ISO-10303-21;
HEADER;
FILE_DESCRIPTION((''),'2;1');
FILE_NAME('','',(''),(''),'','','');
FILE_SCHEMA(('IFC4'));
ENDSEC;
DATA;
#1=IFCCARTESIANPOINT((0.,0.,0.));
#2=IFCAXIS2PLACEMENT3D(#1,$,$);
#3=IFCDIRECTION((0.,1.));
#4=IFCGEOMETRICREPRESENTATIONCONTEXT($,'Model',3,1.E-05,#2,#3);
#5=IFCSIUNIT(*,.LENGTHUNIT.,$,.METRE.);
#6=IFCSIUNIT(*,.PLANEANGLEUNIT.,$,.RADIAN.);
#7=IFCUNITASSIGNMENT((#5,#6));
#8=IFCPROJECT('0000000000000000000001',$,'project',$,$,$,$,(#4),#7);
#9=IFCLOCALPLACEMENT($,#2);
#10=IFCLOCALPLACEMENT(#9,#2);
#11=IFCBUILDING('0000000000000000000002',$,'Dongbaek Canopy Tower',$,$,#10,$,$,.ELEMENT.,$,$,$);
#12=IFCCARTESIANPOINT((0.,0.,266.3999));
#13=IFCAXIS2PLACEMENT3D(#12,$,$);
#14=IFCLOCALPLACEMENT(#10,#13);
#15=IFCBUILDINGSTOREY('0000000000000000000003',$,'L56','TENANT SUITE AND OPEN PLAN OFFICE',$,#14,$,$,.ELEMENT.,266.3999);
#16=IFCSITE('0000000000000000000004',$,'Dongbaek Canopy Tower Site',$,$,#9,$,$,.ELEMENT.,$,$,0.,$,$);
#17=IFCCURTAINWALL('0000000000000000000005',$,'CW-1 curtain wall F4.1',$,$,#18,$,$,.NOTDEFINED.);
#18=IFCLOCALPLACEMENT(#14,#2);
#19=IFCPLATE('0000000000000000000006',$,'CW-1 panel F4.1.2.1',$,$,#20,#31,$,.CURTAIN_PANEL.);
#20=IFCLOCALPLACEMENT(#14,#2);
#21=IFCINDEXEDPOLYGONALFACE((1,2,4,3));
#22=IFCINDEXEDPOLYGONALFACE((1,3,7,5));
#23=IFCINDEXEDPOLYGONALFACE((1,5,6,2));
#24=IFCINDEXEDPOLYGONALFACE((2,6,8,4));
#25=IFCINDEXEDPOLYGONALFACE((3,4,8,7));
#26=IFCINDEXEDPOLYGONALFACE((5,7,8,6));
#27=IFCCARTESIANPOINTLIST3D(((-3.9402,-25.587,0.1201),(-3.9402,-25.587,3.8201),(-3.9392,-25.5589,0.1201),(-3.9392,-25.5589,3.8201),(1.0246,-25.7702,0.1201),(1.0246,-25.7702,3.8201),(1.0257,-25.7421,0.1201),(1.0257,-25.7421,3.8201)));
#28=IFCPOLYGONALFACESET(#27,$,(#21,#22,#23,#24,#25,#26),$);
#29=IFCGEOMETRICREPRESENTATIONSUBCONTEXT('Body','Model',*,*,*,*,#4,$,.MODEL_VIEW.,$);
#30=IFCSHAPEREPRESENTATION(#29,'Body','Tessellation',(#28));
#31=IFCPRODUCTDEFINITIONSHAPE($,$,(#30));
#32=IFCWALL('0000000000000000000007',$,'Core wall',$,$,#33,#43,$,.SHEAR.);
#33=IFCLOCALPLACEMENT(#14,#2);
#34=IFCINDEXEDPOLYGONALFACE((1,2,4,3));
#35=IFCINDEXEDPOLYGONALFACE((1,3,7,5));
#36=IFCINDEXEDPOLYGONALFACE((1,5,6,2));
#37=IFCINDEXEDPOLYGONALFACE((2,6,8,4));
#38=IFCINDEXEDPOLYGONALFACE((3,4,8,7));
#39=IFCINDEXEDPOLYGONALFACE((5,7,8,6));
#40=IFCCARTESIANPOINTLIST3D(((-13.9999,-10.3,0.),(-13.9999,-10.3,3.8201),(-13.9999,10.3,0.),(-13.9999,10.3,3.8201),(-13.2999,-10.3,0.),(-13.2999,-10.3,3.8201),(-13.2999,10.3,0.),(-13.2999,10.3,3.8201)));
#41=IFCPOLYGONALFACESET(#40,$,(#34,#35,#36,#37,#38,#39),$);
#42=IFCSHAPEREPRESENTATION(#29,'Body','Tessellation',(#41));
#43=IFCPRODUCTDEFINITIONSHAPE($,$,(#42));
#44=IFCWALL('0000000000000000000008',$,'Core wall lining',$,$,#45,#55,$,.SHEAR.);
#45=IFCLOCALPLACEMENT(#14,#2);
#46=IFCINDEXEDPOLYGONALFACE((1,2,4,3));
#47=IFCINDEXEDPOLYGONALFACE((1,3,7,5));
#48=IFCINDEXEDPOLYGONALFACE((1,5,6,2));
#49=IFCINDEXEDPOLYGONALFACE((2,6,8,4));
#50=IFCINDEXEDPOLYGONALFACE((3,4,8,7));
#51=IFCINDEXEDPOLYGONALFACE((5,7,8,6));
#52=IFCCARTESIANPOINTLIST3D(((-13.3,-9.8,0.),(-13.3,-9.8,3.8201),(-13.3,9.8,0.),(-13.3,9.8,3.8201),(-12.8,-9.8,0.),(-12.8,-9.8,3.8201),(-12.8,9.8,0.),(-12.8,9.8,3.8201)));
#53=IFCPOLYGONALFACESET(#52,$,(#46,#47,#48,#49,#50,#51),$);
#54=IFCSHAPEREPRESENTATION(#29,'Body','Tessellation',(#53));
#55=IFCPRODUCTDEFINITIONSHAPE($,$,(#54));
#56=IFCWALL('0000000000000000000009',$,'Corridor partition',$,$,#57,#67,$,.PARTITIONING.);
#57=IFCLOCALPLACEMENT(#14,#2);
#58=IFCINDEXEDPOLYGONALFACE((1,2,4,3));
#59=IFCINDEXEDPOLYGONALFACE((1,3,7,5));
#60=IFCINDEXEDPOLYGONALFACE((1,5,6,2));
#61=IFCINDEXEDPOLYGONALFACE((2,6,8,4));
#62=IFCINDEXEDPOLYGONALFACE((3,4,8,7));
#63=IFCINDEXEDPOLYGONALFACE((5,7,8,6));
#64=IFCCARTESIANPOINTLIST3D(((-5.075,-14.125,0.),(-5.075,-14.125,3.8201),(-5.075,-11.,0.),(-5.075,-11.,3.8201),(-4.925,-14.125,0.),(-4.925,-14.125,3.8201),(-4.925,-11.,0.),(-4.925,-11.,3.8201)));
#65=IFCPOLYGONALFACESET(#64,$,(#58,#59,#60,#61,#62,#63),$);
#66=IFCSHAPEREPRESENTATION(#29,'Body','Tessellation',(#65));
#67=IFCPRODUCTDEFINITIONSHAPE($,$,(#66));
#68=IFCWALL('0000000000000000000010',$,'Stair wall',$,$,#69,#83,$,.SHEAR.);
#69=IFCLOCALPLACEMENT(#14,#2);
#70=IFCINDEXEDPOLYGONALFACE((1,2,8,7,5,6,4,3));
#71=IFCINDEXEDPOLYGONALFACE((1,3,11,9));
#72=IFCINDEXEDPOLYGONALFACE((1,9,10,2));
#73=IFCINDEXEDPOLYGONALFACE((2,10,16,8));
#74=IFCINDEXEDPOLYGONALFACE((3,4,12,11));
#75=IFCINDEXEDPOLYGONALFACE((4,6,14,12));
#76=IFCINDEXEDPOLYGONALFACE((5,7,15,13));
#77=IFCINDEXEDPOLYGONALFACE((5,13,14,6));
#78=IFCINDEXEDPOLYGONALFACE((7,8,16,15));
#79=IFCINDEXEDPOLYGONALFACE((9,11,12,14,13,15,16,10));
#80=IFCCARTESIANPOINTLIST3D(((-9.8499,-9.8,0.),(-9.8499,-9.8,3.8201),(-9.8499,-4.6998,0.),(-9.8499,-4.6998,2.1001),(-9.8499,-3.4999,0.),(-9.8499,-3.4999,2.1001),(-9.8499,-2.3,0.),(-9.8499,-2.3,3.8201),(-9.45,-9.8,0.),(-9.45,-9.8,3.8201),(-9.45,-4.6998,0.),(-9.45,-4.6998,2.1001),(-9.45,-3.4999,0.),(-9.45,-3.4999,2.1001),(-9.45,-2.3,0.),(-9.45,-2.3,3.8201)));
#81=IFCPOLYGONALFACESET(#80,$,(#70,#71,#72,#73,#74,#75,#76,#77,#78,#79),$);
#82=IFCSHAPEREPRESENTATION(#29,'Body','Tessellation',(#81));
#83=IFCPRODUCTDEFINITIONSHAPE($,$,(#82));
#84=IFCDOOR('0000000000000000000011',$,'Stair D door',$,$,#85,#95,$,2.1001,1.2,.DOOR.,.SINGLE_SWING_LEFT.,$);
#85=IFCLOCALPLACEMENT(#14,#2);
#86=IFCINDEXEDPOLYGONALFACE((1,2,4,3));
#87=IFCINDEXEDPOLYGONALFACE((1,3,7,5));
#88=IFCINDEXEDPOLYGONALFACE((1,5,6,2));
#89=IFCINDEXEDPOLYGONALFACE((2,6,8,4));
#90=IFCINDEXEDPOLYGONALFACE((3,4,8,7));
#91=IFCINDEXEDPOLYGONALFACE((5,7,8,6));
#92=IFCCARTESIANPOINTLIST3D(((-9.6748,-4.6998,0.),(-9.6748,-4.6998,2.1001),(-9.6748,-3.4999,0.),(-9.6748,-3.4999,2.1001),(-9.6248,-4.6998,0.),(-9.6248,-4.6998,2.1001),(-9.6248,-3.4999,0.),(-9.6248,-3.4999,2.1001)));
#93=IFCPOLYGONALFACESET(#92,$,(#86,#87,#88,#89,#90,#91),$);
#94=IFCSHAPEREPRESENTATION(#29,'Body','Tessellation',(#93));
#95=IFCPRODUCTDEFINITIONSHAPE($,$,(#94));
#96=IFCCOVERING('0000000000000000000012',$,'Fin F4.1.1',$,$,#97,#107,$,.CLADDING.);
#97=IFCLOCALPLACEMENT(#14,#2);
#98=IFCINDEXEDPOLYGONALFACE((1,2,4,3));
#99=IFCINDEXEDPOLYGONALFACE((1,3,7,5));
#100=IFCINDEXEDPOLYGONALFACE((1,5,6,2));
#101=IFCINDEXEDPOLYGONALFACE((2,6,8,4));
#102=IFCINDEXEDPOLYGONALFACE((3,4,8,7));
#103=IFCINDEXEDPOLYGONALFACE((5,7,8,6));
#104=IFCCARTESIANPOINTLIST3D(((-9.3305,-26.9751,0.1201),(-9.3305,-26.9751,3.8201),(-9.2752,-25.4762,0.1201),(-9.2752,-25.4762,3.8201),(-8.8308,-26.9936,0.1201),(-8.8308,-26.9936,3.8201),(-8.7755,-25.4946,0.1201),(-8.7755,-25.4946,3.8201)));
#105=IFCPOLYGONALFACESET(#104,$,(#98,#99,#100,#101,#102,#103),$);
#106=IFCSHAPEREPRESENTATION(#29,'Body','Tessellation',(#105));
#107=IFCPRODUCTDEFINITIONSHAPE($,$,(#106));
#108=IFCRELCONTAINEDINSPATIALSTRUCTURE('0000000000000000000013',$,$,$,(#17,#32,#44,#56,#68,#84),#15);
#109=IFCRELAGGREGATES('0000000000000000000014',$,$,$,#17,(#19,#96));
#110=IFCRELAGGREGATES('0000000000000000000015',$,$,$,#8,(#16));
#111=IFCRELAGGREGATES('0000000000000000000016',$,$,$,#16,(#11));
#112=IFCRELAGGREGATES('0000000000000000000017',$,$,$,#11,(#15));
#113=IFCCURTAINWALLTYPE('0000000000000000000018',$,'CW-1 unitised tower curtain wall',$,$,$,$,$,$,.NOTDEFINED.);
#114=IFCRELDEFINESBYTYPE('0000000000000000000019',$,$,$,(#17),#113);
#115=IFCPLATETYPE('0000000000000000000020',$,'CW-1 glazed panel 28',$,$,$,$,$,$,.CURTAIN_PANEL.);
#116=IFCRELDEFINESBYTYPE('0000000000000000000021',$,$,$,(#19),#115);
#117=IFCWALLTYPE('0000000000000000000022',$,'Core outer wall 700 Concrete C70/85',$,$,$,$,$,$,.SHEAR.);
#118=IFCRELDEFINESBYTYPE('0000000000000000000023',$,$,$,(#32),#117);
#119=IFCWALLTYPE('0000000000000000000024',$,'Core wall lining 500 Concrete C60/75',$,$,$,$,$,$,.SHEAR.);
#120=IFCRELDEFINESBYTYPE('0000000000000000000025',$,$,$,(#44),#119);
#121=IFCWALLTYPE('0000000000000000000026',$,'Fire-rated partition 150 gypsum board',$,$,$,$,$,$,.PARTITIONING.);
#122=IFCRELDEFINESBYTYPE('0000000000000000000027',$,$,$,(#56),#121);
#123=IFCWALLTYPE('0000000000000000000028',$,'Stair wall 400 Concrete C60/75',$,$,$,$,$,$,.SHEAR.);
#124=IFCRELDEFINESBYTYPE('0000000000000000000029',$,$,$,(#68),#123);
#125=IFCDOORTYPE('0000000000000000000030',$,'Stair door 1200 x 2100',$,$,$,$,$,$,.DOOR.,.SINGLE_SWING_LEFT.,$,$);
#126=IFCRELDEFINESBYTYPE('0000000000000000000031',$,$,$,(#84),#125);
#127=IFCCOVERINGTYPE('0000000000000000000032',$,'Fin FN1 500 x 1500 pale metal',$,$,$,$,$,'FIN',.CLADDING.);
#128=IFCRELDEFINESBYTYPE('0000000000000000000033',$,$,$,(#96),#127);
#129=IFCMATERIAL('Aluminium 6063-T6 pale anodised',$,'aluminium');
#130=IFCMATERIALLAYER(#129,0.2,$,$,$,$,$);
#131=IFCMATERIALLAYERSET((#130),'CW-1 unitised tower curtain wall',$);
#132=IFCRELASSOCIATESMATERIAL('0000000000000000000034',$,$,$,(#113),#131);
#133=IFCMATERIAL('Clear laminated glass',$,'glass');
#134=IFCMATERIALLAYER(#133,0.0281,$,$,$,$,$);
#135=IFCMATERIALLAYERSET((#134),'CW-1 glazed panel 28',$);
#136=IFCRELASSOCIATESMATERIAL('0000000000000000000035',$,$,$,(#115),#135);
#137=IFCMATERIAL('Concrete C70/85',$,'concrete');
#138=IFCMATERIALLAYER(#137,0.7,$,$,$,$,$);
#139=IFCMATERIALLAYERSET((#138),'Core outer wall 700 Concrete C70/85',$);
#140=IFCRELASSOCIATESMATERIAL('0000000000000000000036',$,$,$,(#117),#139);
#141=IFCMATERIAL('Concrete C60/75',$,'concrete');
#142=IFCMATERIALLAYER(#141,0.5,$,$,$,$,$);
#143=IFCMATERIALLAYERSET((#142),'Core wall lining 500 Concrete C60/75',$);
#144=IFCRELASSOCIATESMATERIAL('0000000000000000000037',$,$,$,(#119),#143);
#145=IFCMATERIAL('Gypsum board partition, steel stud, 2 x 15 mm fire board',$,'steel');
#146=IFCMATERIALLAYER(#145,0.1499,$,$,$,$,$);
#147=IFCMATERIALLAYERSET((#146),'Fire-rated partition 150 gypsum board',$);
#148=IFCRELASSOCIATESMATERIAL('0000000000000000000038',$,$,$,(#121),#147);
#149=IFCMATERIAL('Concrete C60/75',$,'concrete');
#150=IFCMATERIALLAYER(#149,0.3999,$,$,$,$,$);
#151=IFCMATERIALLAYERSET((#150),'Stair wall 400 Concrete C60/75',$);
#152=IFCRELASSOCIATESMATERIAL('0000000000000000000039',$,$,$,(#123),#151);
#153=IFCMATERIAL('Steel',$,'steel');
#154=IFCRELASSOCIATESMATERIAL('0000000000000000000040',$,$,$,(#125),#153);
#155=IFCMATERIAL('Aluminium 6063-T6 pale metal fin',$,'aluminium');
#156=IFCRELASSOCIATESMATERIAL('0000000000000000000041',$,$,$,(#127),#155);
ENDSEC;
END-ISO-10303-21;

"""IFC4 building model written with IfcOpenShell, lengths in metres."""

from ifc_helpers import new_model, si_unit, direction, frame, frame_2d, origin, origin_2d, place, context, subcontext, project, spatial, rectangle, extrude, material, layer, layer_set, material_profile, profile_set, type_object, element, fill, aggregate, save


model = new_model("IFC4")

# Units and contexts
model_context = context("Model", 3, precision=1e-05, world=origin(), true_north=direction((0.0, 1.0)))
body_context = subcontext(model_context, "Body", "Model", "MODEL_VIEW")
ifc_project = project(units=[si_unit("LENGTHUNIT", "METRE"), si_unit("PLANEANGLEUNIT", "RADIAN")], contexts=[model_context])

# Site, building, storey
site_placement = place(None, origin())
site = spatial("IfcSite", under=ifc_project, at=site_placement, Name="Dongbaek Canopy Tower Site", CompositionType="ELEMENT", RefElevation=0.0)
building_placement = place(site_placement, origin())
building = spatial("IfcBuilding", under=site, at=building_placement, Name="Dongbaek Canopy Tower", CompositionType="ELEMENT")
storey_placement = place(building_placement, frame((0.0, 0.0, 266.3999)))
storey = spatial("IfcBuildingStorey", under=building, at=storey_placement, Name="L56", Description="TENANT SUITE AND OPEN PLAN OFFICE", CompositionType="ELEMENT", Elevation=266.3999)

# Curtain wall
ifc_material_1 = material(Name="Aluminium 6063-T6 pale anodised", Category="aluminium")
ifc_layer_1 = layer(ifc_material_1, 0.2)
ifc_layer_set_1 = layer_set([ifc_layer_1], Name="CW-1 unitised tower curtain wall")
curtain_wall_type = type_object("IfcCurtainWallType", Name="CW-1 unitised tower curtain wall", PredefinedType="NOTDEFINED", material=ifc_layer_set_1)
curtain_wall_1_placement = place(storey_placement, origin())
curtain_wall_1 = element("IfcCurtainWall", 1, at=curtain_wall_1_placement, inside=storey, type_object=curtain_wall_type, Name="CW-1 curtain wall F4.1", PredefinedType="NOTDEFINED")

# Plate
ifc_material_2 = material(Name="Clear laminated glass", Category="glass")
ifc_layer_2 = layer(ifc_material_2, 0.0281)
ifc_layer_set_2 = layer_set([ifc_layer_2], Name="CW-1 glazed panel 28")
plate_type = type_object("IfcPlateType", Name="CW-1 glazed panel 28", PredefinedType="CURTAIN_PANEL", material=ifc_layer_set_2)
plate_1_placement = place(storey_placement, frame((-1.4573, -25.6646, 0.1201), z_axis=(0.0, 0.0, 1.0), x_axis=(0.99932, -0.036874, 0.0)))
plate_1 = element("IfcPlate", 2, at=plate_1_placement, type_object=plate_type, Name="CW-1 panel F4.1.2.1", PredefinedType="CURTAIN_PANEL", context=body_context, shape_type="SweptSolid", body=[
    extrude(rectangle(XDim=4.9683, YDim=0.0281, at=origin_2d()), origin(), (0.0, 0.0, 1.0), 3.7),
])

# Walls
ifc_material_3 = material(Name="Concrete C70/85", Category="concrete")
ifc_layer_3 = layer(ifc_material_3, 0.7)
ifc_layer_set_3 = layer_set([ifc_layer_3], Name="Core outer wall 700 Concrete C70/85")
wall_type_1 = type_object("IfcWallType", Name="Core outer wall 700 Concrete C70/85", PredefinedType="SHEAR", material=ifc_layer_set_3)
wall_1_placement = place(storey_placement, frame((-13.6499, -10.3, 0.0), z_axis=(0.0, 0.0, 1.0), x_axis=(0.0, 1.0, 0.0)))
element("IfcWall", 3, at=wall_1_placement, inside=storey, type_object=wall_type_1, Name="Core wall", PredefinedType="SHEAR", context=body_context, shape_type="SweptSolid", body=[
    extrude(rectangle(XDim=20.6001, YDim=0.7, at=frame_2d((10.3, 0.0))), origin(), (0.0, 0.0, 1.0), 3.8201),
])
ifc_material_4 = material(Name="Concrete C60/75", Category="concrete")
ifc_layer_4 = layer(ifc_material_4, 0.5)
ifc_layer_set_4 = layer_set([ifc_layer_4], Name="Core wall lining 500 Concrete C60/75")
wall_type_2 = type_object("IfcWallType", Name="Core wall lining 500 Concrete C60/75", PredefinedType="SHEAR", material=ifc_layer_set_4)
wall_2_placement = place(storey_placement, frame((-13.05, -9.8, 0.0), z_axis=(0.0, 0.0, 1.0), x_axis=(0.0, 1.0, 0.0)))
element("IfcWall", 4, at=wall_2_placement, inside=storey, type_object=wall_type_2, Name="Core wall lining", PredefinedType="SHEAR", context=body_context, shape_type="SweptSolid", body=[
    extrude(rectangle(XDim=19.6001, YDim=0.5, at=frame_2d((9.8, 0.0))), origin(), (0.0, 0.0, 1.0), 3.8201),
])
ifc_material_5 = material(Name="Gypsum board partition, steel stud, 2 x 15 mm fire board", Category="steel")
ifc_layer_5 = layer(ifc_material_5, 0.1499)
ifc_layer_set_5 = layer_set([ifc_layer_5], Name="Fire-rated partition 150 gypsum board")
wall_type_3 = type_object("IfcWallType", Name="Fire-rated partition 150 gypsum board", PredefinedType="PARTITIONING", material=ifc_layer_set_5)
wall_3_placement = place(storey_placement, frame((-5.0, -14.125, 0.0), z_axis=(0.0, 0.0, 1.0), x_axis=(0.0, 1.0, 0.0)))
element("IfcWall", 5, at=wall_3_placement, inside=storey, type_object=wall_type_3, Name="Corridor partition", PredefinedType="PARTITIONING", context=body_context, shape_type="SweptSolid", body=[
    extrude(rectangle(XDim=3.125, YDim=0.1499, at=frame_2d((1.5625, 0.0))), origin(), (0.0, 0.0, 1.0), 3.8201),
])

# Wall, opening, door
ifc_material_6 = material(Name="Concrete C60/75", Category="concrete")
ifc_layer_6 = layer(ifc_material_6, 0.3999)
ifc_layer_set_6 = layer_set([ifc_layer_6], Name="Stair wall 400 Concrete C60/75")
wall_type_4 = type_object("IfcWallType", Name="Stair wall 400 Concrete C60/75", PredefinedType="SHEAR", material=ifc_layer_set_6)
wall_4_placement = place(storey_placement, frame((-9.6499, -9.8, 0.0), z_axis=(0.0, 0.0, 1.0), x_axis=(0.0, 1.0, 0.0)))
wall_4 = element("IfcWall", 6, at=wall_4_placement, inside=storey, type_object=wall_type_4, Name="Stair wall", PredefinedType="SHEAR", context=body_context, shape_type="SweptSolid", body=[
    extrude(rectangle(XDim=7.5, YDim=0.3999, at=frame_2d((3.75, 0.0))), origin(), (0.0, 0.0, 1.0), 3.8201),
])
opening_placement = place(wall_4_placement, frame((5.1001, 0.0, 0.0)))
opening = element("IfcOpeningElement", 7, at=opening_placement, cuts=wall_4, PredefinedType="OPENING", context=body_context, shape_type="SweptSolid", body=[
    extrude(rectangle(XDim=1.2, YDim=2.1001, at=frame_2d((0.6001, 1.05))), frame((0.0, 0.21, 0.0), z_axis=(0.0, -1.0, 0.0), x_axis=(1.0, 0.0, 0.0)), (0.0, 0.0, 1.0), 0.4199),
])
ifc_material_7 = material(Name="Steel", Category="steel")
door_type = type_object("IfcDoorType", Name="Stair door 1200 x 2100", OperationType="SINGLE_SWING_LEFT", PredefinedType="DOOR", material=ifc_material_7)
door_placement = place(opening_placement, origin())
door = element("IfcDoor", 8, at=door_placement, inside=storey, type_object=door_type, Name="Stair D door", OperationType="SINGLE_SWING_LEFT", OverallHeight=2.1001, OverallWidth=1.2, PredefinedType="DOOR", context=body_context, shape_type="SweptSolid", body=[
    extrude(rectangle(XDim=1.2, YDim=2.1001, at=frame_2d((0.6001, 1.05))), frame((0.0, 0.0249, 0.0), z_axis=(0.0, -1.0, 0.0), x_axis=(1.0, 0.0, 0.0)), (0.0, 0.0, 1.0), 0.05),
])
fill(opening, door)

# Covering
ifc_material_8 = material(Name="Aluminium 6063-T6 pale metal fin", Category="aluminium")
ifc_material_profile_1 = material_profile(ifc_material_8, rectangle(XDim=1.5, YDim=0.5, at=origin_2d()), Name="Fin FN1 500 x 1500 pale metal")
ifc_profile_set_1 = profile_set([ifc_material_profile_1], Name="Aluminium 6063-T6 pale metal fin")
covering_type = type_object("IfcCoveringType", Name="Fin FN1 500 x 1500 pale metal", ElementType="FIN", PredefinedType="CLADDING", material=ifc_profile_set_1)
covering_placement = place(storey_placement, frame((-9.053, -26.2349, 0.1201), z_axis=(0.0, 0.0, 1.0), x_axis=(-0.036874, -0.99932, 0.0)))
covering = element("IfcCovering", 9, at=covering_placement, type_object=covering_type, Name="Fin F4.1.1", PredefinedType="CLADDING", context=body_context, shape_type="SweptSolid", body=[
    extrude(rectangle(XDim=1.5, YDim=0.5, at=origin_2d()), origin(), (0.0, 0.0, 1.0), 3.7),
])
aggregate(curtain_wall_1, [plate_1, covering])

save(model, "model.ifc")
